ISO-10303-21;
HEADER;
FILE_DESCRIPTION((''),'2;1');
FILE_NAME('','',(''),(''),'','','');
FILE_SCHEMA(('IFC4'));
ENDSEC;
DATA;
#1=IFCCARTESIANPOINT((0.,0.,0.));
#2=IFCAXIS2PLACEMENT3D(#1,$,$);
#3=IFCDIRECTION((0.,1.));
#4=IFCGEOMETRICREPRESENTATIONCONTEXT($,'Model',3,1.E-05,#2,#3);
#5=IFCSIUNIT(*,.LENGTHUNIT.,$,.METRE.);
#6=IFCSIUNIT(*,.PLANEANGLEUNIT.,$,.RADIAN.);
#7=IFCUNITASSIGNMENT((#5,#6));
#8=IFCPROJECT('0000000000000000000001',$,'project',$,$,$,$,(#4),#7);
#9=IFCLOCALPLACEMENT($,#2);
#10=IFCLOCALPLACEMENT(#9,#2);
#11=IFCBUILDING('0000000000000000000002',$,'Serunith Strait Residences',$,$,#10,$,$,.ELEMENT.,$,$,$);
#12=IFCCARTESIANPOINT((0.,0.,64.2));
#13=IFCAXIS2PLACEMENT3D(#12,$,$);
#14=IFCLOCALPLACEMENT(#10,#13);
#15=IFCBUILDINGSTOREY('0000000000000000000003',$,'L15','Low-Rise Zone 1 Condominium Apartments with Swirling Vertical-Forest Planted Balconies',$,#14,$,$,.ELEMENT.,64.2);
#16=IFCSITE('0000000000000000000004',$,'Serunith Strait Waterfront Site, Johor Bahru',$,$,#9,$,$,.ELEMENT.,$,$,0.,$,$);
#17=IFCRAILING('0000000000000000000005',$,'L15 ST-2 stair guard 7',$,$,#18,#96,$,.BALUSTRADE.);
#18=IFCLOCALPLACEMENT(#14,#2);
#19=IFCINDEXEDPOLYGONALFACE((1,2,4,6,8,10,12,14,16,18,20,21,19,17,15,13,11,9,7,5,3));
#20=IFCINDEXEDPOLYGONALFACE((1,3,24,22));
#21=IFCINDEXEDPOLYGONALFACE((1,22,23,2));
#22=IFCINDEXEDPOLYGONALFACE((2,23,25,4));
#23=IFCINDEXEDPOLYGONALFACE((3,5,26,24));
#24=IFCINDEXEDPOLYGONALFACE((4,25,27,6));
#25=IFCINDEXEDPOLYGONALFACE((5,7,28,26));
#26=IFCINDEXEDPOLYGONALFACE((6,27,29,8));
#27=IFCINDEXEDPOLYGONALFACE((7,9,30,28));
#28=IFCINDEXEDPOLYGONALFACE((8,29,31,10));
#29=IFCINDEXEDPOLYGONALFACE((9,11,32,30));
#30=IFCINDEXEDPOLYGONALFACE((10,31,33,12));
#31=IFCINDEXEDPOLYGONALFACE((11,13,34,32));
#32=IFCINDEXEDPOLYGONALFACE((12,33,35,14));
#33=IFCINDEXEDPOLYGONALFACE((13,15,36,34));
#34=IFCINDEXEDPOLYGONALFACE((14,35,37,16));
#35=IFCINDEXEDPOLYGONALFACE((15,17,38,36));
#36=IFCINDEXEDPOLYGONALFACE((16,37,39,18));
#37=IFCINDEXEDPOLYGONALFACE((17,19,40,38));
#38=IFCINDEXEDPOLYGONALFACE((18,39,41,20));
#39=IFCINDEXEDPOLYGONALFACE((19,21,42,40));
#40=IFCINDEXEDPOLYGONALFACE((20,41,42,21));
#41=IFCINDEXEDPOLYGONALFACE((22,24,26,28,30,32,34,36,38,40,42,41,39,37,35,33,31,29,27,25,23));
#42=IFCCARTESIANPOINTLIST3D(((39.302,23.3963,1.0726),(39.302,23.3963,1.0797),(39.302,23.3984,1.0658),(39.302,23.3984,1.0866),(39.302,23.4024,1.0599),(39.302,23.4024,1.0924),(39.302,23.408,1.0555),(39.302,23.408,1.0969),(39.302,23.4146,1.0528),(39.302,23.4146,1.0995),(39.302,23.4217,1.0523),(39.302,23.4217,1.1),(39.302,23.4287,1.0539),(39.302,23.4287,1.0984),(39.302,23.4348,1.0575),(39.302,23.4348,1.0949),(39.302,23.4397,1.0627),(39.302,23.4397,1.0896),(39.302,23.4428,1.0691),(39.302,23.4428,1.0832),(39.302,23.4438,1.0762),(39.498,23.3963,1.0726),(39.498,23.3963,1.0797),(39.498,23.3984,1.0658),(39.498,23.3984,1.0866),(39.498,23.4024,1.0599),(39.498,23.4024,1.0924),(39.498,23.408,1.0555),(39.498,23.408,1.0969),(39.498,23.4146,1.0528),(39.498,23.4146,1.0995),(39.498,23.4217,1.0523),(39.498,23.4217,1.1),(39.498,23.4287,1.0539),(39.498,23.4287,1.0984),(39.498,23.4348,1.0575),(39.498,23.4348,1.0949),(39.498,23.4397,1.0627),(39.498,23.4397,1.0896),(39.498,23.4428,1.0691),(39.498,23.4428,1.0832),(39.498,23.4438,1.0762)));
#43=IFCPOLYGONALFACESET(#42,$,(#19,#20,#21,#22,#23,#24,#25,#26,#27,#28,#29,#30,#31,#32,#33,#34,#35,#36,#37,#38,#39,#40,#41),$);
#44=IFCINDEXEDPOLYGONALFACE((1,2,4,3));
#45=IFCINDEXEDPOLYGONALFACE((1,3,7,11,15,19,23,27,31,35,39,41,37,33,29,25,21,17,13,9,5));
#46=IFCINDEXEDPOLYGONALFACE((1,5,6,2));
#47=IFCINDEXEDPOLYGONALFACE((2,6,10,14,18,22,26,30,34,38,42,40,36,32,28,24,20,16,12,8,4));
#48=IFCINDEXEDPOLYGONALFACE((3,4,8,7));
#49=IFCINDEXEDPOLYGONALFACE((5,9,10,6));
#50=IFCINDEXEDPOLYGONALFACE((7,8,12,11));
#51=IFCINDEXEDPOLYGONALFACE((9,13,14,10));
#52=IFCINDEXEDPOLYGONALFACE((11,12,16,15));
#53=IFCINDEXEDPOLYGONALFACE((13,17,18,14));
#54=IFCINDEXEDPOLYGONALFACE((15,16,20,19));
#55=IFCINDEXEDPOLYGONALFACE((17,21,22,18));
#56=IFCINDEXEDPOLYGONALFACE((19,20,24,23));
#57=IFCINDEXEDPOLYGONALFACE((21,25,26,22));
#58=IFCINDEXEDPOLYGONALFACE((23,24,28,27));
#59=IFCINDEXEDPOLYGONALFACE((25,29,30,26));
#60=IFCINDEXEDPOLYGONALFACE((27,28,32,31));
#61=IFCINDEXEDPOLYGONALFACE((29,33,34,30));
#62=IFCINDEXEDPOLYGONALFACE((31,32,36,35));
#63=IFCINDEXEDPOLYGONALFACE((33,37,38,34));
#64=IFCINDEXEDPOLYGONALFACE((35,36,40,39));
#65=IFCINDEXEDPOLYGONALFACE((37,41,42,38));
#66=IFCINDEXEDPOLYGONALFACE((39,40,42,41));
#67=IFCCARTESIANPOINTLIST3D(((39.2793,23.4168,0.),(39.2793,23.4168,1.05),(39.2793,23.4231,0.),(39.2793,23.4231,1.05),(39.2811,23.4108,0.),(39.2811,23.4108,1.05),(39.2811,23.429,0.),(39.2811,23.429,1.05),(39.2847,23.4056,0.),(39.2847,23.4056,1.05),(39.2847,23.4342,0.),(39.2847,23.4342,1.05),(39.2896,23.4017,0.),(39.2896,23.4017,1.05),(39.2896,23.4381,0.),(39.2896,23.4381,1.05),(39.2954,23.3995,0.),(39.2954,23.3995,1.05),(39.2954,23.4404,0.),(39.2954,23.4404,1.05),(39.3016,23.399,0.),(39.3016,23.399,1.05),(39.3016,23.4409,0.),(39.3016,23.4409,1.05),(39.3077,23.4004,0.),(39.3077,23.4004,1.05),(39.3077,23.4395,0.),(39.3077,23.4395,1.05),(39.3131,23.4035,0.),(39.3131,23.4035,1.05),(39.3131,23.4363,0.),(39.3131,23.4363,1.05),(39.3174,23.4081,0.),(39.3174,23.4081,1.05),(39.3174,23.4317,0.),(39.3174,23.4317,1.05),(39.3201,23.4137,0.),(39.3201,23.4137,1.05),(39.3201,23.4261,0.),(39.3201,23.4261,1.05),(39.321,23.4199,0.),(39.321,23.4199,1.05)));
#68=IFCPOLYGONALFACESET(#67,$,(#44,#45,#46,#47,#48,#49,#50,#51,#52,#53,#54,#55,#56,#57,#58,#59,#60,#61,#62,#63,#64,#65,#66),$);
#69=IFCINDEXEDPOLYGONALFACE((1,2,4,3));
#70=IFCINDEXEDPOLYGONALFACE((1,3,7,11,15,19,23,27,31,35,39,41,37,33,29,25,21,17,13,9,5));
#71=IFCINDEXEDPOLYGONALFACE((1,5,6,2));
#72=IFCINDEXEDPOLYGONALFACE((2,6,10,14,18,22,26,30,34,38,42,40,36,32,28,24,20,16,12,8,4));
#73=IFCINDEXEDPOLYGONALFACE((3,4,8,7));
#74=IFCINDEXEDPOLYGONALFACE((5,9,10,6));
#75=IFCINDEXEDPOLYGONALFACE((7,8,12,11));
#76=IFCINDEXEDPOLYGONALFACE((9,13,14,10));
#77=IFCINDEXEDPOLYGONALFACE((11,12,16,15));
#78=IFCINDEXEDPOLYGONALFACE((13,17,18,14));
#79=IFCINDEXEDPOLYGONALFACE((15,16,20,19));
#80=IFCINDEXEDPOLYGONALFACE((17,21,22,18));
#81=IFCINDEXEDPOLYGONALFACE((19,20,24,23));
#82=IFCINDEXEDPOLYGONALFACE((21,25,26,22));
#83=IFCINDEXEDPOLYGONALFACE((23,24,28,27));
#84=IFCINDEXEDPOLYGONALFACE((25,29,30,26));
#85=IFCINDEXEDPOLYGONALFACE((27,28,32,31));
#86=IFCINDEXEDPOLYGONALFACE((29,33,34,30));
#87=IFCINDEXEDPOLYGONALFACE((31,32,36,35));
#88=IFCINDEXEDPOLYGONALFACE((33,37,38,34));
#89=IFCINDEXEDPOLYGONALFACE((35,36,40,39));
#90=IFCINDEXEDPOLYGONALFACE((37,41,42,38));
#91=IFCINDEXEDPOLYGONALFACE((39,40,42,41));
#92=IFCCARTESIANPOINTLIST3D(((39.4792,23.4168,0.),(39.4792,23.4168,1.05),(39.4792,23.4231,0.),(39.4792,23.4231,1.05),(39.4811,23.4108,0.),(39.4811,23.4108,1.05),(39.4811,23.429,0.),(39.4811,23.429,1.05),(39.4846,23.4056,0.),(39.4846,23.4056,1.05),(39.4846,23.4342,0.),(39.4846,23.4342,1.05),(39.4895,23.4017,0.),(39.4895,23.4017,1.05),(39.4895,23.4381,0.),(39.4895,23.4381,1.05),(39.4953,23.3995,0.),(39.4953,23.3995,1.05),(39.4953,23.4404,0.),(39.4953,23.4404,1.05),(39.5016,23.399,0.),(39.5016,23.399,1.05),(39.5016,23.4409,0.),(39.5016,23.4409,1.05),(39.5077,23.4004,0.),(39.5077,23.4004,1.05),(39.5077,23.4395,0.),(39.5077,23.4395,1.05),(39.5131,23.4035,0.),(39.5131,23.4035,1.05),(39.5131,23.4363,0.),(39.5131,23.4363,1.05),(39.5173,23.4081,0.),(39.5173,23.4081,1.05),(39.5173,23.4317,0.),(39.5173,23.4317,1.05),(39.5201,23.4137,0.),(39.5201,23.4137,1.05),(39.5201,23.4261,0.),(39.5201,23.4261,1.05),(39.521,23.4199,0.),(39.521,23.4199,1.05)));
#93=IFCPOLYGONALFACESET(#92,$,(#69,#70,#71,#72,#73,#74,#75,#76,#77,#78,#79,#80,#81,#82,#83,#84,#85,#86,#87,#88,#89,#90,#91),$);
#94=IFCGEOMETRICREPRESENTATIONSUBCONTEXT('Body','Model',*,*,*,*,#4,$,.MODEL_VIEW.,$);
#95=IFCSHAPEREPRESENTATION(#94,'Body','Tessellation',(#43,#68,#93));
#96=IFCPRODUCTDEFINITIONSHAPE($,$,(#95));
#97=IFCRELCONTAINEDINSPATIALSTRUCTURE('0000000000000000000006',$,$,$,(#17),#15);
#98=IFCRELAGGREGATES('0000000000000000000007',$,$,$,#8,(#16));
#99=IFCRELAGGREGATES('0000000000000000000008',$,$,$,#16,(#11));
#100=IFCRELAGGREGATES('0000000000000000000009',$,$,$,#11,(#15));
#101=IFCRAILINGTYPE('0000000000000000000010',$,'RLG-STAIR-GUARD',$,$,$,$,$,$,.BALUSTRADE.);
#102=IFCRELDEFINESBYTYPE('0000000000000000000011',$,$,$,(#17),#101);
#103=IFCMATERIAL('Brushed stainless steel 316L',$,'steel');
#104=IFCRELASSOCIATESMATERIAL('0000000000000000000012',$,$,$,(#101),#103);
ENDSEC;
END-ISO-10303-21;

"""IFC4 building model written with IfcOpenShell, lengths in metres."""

from ifc_helpers import new_model, si_unit, direction, frame, origin, origin_2d, place, context, subcontext, project, spatial, circle, extrude, material, type_object, element, save


model = new_model("IFC4")

# Units and contexts
model_context = context("Model", 3, precision=1e-05, world=origin(), true_north=direction((0.0, 1.0)))
body_context = subcontext(model_context, "Body", "Model", "MODEL_VIEW")
ifc_project = project(units=[si_unit("LENGTHUNIT", "METRE"), si_unit("PLANEANGLEUNIT", "RADIAN")], contexts=[model_context])

# Site, building, storey
site_placement = place(None, origin())
site = spatial("IfcSite", under=ifc_project, at=site_placement, Name="Serunith Strait Waterfront Site, Johor Bahru", CompositionType="ELEMENT", RefElevation=0.0)
building_placement = place(site_placement, origin())
building = spatial("IfcBuilding", under=site, at=building_placement, Name="Serunith Strait Residences", CompositionType="ELEMENT")
storey_placement = place(building_placement, frame((0.0, 0.0, 64.2)))
storey = spatial("IfcBuildingStorey", under=building, at=storey_placement, Name="L15", Description="Low-Rise Zone 1 Condominium Apartments with Swirling Vertical-Forest Planted Balconies", CompositionType="ELEMENT", Elevation=64.2)

# Railing
ifc_material_1 = material(Name="Brushed stainless steel 316L", Category="steel")
railing_type_1 = type_object("IfcRailingType", Name="RLG-STAIR-GUARD", PredefinedType="BALUSTRADE", material=ifc_material_1)
railing_1_placement = place(storey_placement, frame((39.3, 23.4199, 0.0)))
element("IfcRailing", 1, at=railing_1_placement, inside=storey, type_object=railing_type_1, Name="L15 ST-2 stair guard 7", PredefinedType="BALUSTRADE", context=body_context, shape_type="SweptSolid", body=[
    extrude(circle(Radius=0.0239, at=origin_2d()), frame((0.002, 0.0, 1.0762), z_axis=(1.0, 0.0, 0.0), x_axis=(0.0, 1.0, 0.0)), (0.0, 0.0, 1.0), 0.196),
    extrude(circle(Radius=0.021, at=origin_2d()), origin(), (0.0, 0.0, 1.0), 1.05),
    extrude(circle(Radius=0.021, at=origin_2d()), frame((0.2, 0.0, 0.0)), (0.0, 0.0, 1.0), 1.05),
])

save(model, "model.ifc")
